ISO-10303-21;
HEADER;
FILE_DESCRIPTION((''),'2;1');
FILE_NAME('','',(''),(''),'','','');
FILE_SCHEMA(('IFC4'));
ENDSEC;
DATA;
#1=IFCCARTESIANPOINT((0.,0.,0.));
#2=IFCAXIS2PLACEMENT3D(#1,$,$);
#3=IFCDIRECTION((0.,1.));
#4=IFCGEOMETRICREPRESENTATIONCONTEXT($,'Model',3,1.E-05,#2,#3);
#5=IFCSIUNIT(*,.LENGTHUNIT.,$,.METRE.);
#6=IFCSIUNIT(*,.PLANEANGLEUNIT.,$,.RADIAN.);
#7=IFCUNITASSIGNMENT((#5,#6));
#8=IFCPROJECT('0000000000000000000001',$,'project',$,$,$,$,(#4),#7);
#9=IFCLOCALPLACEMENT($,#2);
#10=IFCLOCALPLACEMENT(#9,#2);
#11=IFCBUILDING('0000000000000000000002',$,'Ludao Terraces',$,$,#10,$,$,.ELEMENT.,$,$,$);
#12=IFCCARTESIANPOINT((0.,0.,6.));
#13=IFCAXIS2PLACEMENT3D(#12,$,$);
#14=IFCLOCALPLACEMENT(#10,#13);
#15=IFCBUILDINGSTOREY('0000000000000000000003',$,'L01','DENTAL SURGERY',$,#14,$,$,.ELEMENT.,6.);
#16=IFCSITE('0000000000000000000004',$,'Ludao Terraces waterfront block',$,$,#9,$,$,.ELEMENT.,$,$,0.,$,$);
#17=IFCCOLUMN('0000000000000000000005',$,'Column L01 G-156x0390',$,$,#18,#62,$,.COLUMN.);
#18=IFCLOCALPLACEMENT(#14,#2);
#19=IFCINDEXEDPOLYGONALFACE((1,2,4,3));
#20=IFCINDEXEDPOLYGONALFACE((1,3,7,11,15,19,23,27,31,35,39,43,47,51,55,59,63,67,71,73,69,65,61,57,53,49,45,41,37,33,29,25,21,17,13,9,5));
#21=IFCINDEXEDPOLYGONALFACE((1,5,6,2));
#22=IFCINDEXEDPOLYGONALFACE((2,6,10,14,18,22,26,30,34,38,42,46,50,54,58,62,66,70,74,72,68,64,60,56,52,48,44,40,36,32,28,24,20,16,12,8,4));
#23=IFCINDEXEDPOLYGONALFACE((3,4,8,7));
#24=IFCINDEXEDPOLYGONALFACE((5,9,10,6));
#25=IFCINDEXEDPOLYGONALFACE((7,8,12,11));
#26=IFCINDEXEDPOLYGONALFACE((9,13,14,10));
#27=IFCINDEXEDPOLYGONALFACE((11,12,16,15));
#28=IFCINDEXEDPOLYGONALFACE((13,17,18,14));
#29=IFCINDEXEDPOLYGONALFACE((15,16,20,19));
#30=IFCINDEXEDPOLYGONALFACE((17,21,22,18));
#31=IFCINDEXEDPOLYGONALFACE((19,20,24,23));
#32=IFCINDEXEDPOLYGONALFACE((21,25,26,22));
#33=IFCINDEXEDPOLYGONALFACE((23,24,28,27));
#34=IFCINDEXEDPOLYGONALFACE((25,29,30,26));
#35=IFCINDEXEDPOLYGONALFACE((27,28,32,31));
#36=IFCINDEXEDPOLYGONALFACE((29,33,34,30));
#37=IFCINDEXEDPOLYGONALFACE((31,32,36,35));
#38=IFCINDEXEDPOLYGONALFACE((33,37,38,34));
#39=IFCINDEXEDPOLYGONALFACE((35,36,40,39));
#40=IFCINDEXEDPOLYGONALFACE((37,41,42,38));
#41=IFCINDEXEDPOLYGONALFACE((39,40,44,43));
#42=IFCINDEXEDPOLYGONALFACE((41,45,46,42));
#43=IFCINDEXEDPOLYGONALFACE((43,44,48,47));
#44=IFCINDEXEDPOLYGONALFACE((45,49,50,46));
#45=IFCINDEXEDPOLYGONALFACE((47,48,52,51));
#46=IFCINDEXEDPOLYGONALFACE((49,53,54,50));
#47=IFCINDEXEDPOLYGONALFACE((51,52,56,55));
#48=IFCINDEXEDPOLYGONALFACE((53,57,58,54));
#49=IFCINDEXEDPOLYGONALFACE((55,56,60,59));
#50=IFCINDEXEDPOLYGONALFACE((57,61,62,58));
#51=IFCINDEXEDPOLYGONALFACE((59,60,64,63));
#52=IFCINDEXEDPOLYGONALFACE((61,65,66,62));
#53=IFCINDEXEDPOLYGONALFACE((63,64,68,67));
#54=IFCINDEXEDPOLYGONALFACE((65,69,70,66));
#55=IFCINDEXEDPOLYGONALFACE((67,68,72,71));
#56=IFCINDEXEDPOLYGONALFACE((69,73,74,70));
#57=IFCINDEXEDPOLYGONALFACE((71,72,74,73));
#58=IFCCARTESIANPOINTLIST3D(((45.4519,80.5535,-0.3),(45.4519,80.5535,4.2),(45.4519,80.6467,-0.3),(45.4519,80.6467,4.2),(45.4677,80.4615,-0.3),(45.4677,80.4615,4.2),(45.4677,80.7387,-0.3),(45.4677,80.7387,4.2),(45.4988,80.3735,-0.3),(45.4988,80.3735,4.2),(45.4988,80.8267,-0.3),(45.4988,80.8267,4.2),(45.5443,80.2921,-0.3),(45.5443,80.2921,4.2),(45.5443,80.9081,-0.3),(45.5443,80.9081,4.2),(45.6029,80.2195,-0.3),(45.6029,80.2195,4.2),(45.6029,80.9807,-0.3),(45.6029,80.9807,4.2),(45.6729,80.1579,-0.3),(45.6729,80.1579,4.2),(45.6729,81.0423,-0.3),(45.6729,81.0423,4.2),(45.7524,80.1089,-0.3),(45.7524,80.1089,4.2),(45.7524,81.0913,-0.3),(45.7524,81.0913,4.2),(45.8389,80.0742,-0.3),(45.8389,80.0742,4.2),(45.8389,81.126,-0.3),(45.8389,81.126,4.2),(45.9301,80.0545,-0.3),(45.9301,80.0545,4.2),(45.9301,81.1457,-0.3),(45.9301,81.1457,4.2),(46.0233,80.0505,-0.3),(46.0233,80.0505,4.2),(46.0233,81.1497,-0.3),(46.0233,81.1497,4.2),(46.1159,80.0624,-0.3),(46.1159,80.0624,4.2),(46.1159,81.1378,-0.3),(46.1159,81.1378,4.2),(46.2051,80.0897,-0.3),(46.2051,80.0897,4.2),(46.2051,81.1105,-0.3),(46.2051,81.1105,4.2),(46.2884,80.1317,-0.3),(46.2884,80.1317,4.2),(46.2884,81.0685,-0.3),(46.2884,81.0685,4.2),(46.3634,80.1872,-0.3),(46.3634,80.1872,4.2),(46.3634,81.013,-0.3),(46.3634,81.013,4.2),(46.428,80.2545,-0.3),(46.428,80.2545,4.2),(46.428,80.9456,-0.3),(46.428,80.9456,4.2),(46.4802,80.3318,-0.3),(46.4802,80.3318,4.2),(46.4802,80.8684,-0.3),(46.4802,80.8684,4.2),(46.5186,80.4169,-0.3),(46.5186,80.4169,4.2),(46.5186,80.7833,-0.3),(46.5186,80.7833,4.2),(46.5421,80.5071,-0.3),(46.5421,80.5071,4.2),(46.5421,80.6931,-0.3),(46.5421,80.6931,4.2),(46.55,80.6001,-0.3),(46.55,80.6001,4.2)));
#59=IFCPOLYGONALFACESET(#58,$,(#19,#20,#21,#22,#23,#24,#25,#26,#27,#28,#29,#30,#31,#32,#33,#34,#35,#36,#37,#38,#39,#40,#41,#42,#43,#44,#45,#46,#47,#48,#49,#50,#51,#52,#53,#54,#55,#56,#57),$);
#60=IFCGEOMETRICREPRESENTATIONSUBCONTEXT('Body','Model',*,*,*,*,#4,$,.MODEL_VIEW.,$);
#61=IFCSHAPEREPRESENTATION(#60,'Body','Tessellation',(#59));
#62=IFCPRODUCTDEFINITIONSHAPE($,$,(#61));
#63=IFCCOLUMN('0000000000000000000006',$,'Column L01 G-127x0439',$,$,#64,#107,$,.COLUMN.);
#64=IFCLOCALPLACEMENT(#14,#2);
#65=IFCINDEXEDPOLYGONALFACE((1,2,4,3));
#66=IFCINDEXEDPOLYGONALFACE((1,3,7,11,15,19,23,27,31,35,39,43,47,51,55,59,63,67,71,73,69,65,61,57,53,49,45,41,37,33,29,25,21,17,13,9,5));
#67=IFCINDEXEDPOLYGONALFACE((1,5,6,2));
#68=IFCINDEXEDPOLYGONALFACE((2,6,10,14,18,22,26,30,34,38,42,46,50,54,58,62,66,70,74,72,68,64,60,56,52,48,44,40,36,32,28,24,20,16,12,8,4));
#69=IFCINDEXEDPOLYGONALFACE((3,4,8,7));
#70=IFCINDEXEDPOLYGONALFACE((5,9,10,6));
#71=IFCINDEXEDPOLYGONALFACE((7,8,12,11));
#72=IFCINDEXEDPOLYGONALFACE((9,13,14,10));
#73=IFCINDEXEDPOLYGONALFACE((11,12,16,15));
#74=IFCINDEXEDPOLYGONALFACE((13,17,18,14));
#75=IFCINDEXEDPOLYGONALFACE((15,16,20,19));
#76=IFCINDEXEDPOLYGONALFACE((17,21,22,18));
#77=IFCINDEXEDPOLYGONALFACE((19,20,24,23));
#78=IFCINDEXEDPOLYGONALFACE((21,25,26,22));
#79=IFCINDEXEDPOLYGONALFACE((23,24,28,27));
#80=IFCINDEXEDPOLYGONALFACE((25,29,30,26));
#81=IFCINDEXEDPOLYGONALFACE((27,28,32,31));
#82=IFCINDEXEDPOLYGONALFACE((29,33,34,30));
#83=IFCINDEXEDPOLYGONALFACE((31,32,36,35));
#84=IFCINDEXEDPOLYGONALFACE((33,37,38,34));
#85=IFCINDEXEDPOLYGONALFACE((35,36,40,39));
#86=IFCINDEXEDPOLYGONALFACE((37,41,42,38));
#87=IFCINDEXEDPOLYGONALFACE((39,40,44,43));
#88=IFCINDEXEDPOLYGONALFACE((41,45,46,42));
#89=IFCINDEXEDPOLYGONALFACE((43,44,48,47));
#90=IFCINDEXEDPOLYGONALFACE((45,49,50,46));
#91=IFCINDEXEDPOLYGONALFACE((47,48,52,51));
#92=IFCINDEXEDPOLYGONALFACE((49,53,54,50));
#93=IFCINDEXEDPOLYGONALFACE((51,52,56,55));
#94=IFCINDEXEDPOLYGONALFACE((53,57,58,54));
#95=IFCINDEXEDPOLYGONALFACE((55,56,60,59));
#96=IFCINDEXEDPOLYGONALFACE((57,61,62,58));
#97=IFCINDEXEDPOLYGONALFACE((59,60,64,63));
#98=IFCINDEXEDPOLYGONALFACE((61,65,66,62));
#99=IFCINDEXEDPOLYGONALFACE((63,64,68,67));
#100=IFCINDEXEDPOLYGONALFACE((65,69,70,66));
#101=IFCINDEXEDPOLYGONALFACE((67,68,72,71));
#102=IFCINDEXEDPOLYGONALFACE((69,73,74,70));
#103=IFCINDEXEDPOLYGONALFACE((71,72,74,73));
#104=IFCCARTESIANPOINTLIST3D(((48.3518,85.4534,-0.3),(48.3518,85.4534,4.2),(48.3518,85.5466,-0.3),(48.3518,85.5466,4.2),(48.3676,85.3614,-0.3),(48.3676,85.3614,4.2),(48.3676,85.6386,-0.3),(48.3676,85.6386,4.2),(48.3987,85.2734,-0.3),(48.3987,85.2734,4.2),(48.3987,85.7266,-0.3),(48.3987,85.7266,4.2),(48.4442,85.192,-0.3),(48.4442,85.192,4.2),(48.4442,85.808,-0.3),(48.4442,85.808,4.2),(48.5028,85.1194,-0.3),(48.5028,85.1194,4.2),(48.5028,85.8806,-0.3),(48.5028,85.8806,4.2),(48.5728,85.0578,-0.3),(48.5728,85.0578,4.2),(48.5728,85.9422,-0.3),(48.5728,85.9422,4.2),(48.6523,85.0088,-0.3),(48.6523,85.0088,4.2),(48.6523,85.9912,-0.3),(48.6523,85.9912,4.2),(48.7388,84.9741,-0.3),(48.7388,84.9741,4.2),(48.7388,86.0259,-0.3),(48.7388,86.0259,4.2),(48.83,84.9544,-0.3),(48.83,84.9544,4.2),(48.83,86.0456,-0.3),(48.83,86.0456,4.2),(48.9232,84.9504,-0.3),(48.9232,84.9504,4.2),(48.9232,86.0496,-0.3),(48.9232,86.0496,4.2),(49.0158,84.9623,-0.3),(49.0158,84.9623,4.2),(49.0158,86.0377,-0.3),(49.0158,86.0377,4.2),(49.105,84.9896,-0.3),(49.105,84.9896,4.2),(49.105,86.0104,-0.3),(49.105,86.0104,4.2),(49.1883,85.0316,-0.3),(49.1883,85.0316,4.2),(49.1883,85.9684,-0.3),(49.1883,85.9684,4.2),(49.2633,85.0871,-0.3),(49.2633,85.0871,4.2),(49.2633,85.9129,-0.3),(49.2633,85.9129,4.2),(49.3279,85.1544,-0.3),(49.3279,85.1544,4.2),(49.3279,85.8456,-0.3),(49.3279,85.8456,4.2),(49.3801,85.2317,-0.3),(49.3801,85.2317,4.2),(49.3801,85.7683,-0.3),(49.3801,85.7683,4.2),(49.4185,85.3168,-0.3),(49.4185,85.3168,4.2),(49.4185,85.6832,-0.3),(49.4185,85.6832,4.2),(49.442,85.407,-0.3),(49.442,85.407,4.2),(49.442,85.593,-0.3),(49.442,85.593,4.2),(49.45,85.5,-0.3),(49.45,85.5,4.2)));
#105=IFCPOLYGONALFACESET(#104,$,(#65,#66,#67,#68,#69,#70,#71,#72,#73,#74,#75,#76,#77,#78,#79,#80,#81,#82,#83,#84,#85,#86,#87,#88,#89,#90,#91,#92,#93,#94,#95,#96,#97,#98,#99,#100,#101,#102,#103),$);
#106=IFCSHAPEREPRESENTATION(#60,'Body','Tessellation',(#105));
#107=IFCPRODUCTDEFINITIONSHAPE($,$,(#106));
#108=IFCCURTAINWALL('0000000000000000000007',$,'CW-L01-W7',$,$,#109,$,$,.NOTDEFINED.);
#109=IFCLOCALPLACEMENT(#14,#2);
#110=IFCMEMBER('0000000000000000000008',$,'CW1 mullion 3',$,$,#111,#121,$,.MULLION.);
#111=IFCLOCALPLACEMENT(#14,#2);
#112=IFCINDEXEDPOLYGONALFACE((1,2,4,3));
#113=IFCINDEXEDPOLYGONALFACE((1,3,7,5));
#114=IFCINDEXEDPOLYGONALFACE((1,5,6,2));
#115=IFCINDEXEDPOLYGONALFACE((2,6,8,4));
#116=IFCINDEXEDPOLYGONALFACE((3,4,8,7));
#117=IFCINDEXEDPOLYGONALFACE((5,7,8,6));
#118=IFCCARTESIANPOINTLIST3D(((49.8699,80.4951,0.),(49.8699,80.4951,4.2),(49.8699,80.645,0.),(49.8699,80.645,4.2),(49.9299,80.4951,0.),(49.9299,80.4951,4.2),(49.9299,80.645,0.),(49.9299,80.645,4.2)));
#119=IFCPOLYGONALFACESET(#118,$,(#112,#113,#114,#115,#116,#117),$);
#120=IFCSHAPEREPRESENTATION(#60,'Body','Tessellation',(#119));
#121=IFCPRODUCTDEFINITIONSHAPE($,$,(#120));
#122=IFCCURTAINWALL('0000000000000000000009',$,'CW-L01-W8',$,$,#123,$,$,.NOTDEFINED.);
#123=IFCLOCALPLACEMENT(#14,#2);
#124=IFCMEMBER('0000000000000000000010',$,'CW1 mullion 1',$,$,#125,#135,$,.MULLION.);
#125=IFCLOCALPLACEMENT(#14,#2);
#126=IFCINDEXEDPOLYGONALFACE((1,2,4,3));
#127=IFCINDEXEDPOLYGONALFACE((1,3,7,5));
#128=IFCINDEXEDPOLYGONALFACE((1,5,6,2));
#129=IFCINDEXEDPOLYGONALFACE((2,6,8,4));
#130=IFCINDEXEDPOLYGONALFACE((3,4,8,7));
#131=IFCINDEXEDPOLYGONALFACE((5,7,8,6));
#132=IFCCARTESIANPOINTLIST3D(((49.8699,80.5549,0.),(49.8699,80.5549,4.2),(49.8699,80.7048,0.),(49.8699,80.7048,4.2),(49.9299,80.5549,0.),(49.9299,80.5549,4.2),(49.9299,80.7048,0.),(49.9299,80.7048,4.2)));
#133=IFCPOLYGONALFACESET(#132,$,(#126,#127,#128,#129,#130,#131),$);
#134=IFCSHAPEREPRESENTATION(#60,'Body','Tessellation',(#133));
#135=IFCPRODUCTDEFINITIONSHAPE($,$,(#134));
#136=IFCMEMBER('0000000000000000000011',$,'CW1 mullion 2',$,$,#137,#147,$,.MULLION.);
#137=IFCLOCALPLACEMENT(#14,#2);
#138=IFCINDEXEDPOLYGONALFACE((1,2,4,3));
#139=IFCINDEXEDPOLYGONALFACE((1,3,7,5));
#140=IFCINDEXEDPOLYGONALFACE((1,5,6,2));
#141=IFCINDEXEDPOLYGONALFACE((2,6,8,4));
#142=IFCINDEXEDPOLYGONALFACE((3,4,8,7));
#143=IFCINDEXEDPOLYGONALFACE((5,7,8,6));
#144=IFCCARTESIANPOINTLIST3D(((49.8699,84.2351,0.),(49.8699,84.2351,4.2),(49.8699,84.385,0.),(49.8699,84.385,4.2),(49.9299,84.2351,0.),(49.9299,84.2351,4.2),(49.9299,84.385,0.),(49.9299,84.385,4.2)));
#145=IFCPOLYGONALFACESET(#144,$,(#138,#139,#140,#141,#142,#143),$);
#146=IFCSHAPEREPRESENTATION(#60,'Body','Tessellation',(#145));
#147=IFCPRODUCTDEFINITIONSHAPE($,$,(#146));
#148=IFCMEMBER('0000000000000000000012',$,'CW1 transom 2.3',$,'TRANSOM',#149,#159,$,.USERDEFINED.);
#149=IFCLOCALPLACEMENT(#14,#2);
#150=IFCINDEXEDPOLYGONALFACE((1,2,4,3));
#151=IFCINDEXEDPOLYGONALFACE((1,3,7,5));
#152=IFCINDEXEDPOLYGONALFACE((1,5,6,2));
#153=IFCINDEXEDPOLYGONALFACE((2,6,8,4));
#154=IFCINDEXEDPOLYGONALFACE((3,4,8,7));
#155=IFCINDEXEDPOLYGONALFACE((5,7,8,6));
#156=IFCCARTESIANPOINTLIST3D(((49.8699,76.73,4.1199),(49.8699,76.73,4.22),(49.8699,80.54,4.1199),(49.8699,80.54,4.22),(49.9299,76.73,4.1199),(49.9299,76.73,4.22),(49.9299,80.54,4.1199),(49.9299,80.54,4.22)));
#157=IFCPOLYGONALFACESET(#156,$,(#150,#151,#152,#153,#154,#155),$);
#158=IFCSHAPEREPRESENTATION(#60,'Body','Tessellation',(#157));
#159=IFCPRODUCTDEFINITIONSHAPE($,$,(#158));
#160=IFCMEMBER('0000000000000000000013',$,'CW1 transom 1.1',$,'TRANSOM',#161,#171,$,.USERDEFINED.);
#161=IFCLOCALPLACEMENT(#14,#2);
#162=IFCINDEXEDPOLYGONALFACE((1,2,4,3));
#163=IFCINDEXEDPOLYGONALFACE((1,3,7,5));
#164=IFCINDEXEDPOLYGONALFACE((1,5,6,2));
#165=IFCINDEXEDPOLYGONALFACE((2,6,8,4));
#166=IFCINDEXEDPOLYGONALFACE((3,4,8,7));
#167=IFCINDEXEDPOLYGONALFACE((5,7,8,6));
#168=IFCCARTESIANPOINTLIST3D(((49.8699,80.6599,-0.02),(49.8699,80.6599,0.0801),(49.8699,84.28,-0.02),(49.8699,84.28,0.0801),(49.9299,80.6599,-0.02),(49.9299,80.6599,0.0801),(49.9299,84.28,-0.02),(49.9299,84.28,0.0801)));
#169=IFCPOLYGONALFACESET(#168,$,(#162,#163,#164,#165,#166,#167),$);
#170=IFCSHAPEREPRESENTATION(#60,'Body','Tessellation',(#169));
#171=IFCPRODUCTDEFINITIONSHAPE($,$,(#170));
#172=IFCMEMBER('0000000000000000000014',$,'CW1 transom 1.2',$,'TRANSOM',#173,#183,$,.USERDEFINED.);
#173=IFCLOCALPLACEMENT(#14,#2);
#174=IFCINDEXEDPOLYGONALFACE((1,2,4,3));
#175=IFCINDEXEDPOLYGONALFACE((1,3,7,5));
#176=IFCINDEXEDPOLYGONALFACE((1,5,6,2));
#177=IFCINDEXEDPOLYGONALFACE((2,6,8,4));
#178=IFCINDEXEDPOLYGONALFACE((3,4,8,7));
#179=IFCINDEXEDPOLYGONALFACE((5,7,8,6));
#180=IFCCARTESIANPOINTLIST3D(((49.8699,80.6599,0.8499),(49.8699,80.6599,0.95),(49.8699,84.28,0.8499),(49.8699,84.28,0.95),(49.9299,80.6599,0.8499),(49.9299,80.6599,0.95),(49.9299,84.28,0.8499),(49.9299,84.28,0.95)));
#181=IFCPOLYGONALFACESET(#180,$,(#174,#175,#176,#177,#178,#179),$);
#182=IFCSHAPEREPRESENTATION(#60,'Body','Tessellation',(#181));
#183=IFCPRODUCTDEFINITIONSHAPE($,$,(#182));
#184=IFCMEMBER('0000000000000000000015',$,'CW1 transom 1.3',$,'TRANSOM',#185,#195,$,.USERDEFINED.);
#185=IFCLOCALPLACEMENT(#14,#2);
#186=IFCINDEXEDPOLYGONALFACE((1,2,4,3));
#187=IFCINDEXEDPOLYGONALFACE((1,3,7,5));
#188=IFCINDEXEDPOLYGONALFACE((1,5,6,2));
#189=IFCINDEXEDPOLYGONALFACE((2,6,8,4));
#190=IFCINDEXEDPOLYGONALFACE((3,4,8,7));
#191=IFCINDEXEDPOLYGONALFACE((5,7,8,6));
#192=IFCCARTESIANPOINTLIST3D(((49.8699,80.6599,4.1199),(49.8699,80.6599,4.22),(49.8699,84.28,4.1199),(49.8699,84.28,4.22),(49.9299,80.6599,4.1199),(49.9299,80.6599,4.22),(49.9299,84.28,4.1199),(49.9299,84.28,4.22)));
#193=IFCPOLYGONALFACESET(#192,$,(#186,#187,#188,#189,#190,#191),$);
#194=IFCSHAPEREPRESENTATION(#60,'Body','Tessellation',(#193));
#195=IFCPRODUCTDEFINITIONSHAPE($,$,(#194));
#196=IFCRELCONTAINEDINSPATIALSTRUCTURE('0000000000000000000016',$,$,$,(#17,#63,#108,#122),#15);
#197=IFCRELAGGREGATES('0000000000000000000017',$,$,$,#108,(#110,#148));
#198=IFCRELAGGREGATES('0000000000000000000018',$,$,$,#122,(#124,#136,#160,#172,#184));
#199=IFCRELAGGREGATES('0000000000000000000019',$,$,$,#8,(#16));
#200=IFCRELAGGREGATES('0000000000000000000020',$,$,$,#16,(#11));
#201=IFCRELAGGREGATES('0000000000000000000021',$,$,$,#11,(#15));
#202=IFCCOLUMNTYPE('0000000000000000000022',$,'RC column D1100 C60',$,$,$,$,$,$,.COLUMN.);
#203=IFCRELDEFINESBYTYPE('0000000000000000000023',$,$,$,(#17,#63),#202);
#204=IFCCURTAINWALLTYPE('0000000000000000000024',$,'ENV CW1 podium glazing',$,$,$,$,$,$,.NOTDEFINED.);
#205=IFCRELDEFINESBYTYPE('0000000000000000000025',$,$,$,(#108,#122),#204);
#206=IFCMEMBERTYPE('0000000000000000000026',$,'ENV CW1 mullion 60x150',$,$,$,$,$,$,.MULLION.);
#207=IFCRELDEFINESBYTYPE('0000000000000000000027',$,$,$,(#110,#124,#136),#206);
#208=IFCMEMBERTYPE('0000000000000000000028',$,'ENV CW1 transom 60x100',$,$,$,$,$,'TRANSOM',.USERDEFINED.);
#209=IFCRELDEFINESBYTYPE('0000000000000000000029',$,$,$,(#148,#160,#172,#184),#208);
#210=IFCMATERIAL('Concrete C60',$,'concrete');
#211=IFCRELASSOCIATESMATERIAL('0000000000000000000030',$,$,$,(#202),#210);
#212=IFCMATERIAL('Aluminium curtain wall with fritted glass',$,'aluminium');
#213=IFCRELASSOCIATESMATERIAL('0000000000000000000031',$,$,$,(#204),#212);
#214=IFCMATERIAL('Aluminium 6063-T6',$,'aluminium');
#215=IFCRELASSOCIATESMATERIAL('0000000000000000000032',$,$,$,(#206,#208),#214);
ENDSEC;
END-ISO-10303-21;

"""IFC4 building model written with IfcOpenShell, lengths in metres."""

from ifc_helpers import new_model, si_unit, direction, frame, origin, origin_2d, place, context, subcontext, project, spatial, rectangle, circle, extrude, material, material_profile, profile_set, type_object, element, aggregate, save


model = new_model("IFC4")

# Units and contexts
model_context = context("Model", 3, precision=1e-05, world=origin(), true_north=direction((0.0, 1.0)))
body_context = subcontext(model_context, "Body", "Model", "MODEL_VIEW")
ifc_project = project(units=[si_unit("LENGTHUNIT", "METRE"), si_unit("PLANEANGLEUNIT", "RADIAN")], contexts=[model_context])

# Site, building, storey
site_placement = place(None, origin())
site = spatial("IfcSite", under=ifc_project, at=site_placement, Name="Ludao Terraces waterfront block", CompositionType="ELEMENT", RefElevation=0.0)
building_placement = place(site_placement, origin())
building = spatial("IfcBuilding", under=site, at=building_placement, Name="Ludao Terraces", CompositionType="ELEMENT")
storey_placement = place(building_placement, frame((0.0, 0.0, 6.0)))
storey = spatial("IfcBuildingStorey", under=building, at=storey_placement, Name="L01", Description="DENTAL SURGERY", CompositionType="ELEMENT", Elevation=6.0)

# Columns
ifc_material_1 = material(Name="Concrete C60", Category="concrete")
ifc_material_profile_1 = material_profile(ifc_material_1, circle(Radius=0.55, at=origin_2d()), Name="D1100")
ifc_profile_set_1 = profile_set([ifc_material_profile_1], Name="Concrete C60")
column_type = type_object("IfcColumnType", Name="RC column D1100 C60", PredefinedType="COLUMN", material=ifc_profile_set_1)
for number, where, z_axis, x_axis, name in (
    (1, (46.0, 80.6001, -0.3), (0.0, 0.0, 1.0), (1.0, 0.0, 0.0), "Column L01 G-156x0390"),
    (2, (48.8999, 85.5, -0.3), (0.0, 0.0, 1.0), (1.0, 0.0, 0.0), "Column L01 G-127x0439"),
):
    element("IfcColumn", number, at=place(storey_placement, frame(where, z_axis=z_axis, x_axis=x_axis)), inside=storey, type_object=column_type, Name=name, PredefinedType="COLUMN", context=body_context, shape_type="SweptSolid", body=[
        extrude(circle(Radius=0.55, at=origin_2d()), origin(), (0.0, 0.0, 1.0), 4.5),
    ])

# Curtain wall, member
ifc_material_2 = material(Name="Aluminium curtain wall with fritted glass", Category="aluminium")
curtain_wall_type = type_object("IfcCurtainWallType", Name="ENV CW1 podium glazing", PredefinedType="NOTDEFINED", material=ifc_material_2)
curtain_wall_1_placement = place(storey_placement, origin())
curtain_wall_1 = element("IfcCurtainWall", 3, at=curtain_wall_1_placement, inside=storey, type_object=curtain_wall_type, Name="CW-L01-W7", PredefinedType="NOTDEFINED")
ifc_material_3 = material(Name="Aluminium 6063-T6", Category="aluminium")
ifc_material_profile_2 = material_profile(ifc_material_3, rectangle(XDim=0.0601, YDim=0.1499, at=origin_2d()), Name="60 X 150")
ifc_profile_set_2 = profile_set([ifc_material_profile_2], Name="Aluminium 6063-T6")
member_type_1 = type_object("IfcMemberType", Name="ENV CW1 mullion 60x150", PredefinedType="MULLION", material=ifc_profile_set_2)
member_1_placement = place(storey_placement, frame((49.8999, 80.5701, 0.0), z_axis=(0.0, 0.0, 1.0), x_axis=(-1.0, 0.0, 0.0)))
member_1 = element("IfcMember", 4, at=member_1_placement, type_object=member_type_1, Name="CW1 mullion 3", PredefinedType="MULLION", context=body_context, shape_type="SweptSolid", body=[
    extrude(rectangle(XDim=0.0601, YDim=0.1499, at=origin_2d()), origin(), (0.0, 0.0, 1.0), 4.2),
])

# Curtain wall, members
curtain_wall_2_placement = place(storey_placement, origin())
curtain_wall_2 = element("IfcCurtainWall", 5, at=curtain_wall_2_placement, inside=storey, type_object=curtain_wall_type, Name="CW-L01-W8", PredefinedType="NOTDEFINED")
member_2_placement = place(storey_placement, frame((49.8999, 80.6299, 0.0), z_axis=(0.0, 0.0, 1.0), x_axis=(-1.0, 0.0, 0.0)))
member_2 = element("IfcMember", 6, at=member_2_placement, type_object=member_type_1, Name="CW1 mullion 1", PredefinedType="MULLION", context=body_context, shape_type="SweptSolid", body=[
    extrude(rectangle(XDim=0.0601, YDim=0.1499, at=origin_2d()), origin(), (0.0, 0.0, 1.0), 4.2),
])
member_3_placement = place(storey_placement, frame((49.8999, 84.3101, 0.0), z_axis=(0.0, 0.0, 1.0), x_axis=(-1.0, 0.0, 0.0)))
member_3 = element("IfcMember", 7, at=member_3_placement, type_object=member_type_1, Name="CW1 mullion 2", PredefinedType="MULLION", context=body_context, shape_type="SweptSolid", body=[
    extrude(rectangle(XDim=0.0601, YDim=0.1499, at=origin_2d()), origin(), (0.0, 0.0, 1.0), 4.2),
])

# Members
ifc_material_profile_3 = material_profile(ifc_material_3, rectangle(XDim=0.0601, YDim=0.1001, at=origin_2d()), Name="60 X 100")
ifc_profile_set_3 = profile_set([ifc_material_profile_3], Name="Aluminium 6063-T6")
member_type_2 = type_object("IfcMemberType", Name="ENV CW1 transom 60x100", ElementType="TRANSOM", PredefinedType="USERDEFINED", material=ifc_profile_set_3)
member_4_placement = place(storey_placement, frame((49.8999, 76.73, 4.1699), z_axis=(0.0, 1.0, 0.0), x_axis=(-1.0, 0.0, 0.0)))
member_4 = element("IfcMember", 8, at=member_4_placement, type_object=member_type_2, Name="CW1 transom 2.3", ObjectType="TRANSOM", PredefinedType="USERDEFINED", context=body_context, shape_type="SweptSolid", body=[
    extrude(rectangle(XDim=0.0601, YDim=0.1001, at=origin_2d()), origin(), (0.0, 0.0, 1.0), 3.8101),
])
member_5_placement = place(storey_placement, frame((49.8999, 80.6599, 0.03), z_axis=(0.0, 1.0, 0.0), x_axis=(-1.0, 0.0, 0.0)))
member_5 = element("IfcMember", 9, at=member_5_placement, type_object=member_type_2, Name="CW1 transom 1.1", ObjectType="TRANSOM", PredefinedType="USERDEFINED", context=body_context, shape_type="SweptSolid", body=[
    extrude(rectangle(XDim=0.0601, YDim=0.1001, at=origin_2d()), origin(), (0.0, 0.0, 1.0), 3.6201),
])
member_6_placement = place(storey_placement, frame((49.8999, 80.6599, 0.8999), z_axis=(0.0, 1.0, 0.0), x_axis=(-1.0, 0.0, 0.0)))
member_6 = element("IfcMember", 10, at=member_6_placement, type_object=member_type_2, Name="CW1 transom 1.2", ObjectType="TRANSOM", PredefinedType="USERDEFINED", context=body_context, shape_type="SweptSolid", body=[
    extrude(rectangle(XDim=0.0601, YDim=0.1001, at=origin_2d()), origin(), (0.0, 0.0, 1.0), 3.6201),
])
member_7_placement = place(storey_placement, frame((49.8999, 80.6599, 4.1699), z_axis=(0.0, 1.0, 0.0), x_axis=(-1.0, 0.0, 0.0)))
member_7 = element("IfcMember", 11, at=member_7_placement, type_object=member_type_2, Name="CW1 transom 1.3", ObjectType="TRANSOM", PredefinedType="USERDEFINED", context=body_context, shape_type="SweptSolid", body=[
    extrude(rectangle(XDim=0.0601, YDim=0.1001, at=origin_2d()), origin(), (0.0, 0.0, 1.0), 3.6201),
])

aggregate(curtain_wall_1, [member_1, member_4])
aggregate(curtain_wall_2, [member_2, member_3, member_5, member_6, member_7])

save(model, "model.ifc")
